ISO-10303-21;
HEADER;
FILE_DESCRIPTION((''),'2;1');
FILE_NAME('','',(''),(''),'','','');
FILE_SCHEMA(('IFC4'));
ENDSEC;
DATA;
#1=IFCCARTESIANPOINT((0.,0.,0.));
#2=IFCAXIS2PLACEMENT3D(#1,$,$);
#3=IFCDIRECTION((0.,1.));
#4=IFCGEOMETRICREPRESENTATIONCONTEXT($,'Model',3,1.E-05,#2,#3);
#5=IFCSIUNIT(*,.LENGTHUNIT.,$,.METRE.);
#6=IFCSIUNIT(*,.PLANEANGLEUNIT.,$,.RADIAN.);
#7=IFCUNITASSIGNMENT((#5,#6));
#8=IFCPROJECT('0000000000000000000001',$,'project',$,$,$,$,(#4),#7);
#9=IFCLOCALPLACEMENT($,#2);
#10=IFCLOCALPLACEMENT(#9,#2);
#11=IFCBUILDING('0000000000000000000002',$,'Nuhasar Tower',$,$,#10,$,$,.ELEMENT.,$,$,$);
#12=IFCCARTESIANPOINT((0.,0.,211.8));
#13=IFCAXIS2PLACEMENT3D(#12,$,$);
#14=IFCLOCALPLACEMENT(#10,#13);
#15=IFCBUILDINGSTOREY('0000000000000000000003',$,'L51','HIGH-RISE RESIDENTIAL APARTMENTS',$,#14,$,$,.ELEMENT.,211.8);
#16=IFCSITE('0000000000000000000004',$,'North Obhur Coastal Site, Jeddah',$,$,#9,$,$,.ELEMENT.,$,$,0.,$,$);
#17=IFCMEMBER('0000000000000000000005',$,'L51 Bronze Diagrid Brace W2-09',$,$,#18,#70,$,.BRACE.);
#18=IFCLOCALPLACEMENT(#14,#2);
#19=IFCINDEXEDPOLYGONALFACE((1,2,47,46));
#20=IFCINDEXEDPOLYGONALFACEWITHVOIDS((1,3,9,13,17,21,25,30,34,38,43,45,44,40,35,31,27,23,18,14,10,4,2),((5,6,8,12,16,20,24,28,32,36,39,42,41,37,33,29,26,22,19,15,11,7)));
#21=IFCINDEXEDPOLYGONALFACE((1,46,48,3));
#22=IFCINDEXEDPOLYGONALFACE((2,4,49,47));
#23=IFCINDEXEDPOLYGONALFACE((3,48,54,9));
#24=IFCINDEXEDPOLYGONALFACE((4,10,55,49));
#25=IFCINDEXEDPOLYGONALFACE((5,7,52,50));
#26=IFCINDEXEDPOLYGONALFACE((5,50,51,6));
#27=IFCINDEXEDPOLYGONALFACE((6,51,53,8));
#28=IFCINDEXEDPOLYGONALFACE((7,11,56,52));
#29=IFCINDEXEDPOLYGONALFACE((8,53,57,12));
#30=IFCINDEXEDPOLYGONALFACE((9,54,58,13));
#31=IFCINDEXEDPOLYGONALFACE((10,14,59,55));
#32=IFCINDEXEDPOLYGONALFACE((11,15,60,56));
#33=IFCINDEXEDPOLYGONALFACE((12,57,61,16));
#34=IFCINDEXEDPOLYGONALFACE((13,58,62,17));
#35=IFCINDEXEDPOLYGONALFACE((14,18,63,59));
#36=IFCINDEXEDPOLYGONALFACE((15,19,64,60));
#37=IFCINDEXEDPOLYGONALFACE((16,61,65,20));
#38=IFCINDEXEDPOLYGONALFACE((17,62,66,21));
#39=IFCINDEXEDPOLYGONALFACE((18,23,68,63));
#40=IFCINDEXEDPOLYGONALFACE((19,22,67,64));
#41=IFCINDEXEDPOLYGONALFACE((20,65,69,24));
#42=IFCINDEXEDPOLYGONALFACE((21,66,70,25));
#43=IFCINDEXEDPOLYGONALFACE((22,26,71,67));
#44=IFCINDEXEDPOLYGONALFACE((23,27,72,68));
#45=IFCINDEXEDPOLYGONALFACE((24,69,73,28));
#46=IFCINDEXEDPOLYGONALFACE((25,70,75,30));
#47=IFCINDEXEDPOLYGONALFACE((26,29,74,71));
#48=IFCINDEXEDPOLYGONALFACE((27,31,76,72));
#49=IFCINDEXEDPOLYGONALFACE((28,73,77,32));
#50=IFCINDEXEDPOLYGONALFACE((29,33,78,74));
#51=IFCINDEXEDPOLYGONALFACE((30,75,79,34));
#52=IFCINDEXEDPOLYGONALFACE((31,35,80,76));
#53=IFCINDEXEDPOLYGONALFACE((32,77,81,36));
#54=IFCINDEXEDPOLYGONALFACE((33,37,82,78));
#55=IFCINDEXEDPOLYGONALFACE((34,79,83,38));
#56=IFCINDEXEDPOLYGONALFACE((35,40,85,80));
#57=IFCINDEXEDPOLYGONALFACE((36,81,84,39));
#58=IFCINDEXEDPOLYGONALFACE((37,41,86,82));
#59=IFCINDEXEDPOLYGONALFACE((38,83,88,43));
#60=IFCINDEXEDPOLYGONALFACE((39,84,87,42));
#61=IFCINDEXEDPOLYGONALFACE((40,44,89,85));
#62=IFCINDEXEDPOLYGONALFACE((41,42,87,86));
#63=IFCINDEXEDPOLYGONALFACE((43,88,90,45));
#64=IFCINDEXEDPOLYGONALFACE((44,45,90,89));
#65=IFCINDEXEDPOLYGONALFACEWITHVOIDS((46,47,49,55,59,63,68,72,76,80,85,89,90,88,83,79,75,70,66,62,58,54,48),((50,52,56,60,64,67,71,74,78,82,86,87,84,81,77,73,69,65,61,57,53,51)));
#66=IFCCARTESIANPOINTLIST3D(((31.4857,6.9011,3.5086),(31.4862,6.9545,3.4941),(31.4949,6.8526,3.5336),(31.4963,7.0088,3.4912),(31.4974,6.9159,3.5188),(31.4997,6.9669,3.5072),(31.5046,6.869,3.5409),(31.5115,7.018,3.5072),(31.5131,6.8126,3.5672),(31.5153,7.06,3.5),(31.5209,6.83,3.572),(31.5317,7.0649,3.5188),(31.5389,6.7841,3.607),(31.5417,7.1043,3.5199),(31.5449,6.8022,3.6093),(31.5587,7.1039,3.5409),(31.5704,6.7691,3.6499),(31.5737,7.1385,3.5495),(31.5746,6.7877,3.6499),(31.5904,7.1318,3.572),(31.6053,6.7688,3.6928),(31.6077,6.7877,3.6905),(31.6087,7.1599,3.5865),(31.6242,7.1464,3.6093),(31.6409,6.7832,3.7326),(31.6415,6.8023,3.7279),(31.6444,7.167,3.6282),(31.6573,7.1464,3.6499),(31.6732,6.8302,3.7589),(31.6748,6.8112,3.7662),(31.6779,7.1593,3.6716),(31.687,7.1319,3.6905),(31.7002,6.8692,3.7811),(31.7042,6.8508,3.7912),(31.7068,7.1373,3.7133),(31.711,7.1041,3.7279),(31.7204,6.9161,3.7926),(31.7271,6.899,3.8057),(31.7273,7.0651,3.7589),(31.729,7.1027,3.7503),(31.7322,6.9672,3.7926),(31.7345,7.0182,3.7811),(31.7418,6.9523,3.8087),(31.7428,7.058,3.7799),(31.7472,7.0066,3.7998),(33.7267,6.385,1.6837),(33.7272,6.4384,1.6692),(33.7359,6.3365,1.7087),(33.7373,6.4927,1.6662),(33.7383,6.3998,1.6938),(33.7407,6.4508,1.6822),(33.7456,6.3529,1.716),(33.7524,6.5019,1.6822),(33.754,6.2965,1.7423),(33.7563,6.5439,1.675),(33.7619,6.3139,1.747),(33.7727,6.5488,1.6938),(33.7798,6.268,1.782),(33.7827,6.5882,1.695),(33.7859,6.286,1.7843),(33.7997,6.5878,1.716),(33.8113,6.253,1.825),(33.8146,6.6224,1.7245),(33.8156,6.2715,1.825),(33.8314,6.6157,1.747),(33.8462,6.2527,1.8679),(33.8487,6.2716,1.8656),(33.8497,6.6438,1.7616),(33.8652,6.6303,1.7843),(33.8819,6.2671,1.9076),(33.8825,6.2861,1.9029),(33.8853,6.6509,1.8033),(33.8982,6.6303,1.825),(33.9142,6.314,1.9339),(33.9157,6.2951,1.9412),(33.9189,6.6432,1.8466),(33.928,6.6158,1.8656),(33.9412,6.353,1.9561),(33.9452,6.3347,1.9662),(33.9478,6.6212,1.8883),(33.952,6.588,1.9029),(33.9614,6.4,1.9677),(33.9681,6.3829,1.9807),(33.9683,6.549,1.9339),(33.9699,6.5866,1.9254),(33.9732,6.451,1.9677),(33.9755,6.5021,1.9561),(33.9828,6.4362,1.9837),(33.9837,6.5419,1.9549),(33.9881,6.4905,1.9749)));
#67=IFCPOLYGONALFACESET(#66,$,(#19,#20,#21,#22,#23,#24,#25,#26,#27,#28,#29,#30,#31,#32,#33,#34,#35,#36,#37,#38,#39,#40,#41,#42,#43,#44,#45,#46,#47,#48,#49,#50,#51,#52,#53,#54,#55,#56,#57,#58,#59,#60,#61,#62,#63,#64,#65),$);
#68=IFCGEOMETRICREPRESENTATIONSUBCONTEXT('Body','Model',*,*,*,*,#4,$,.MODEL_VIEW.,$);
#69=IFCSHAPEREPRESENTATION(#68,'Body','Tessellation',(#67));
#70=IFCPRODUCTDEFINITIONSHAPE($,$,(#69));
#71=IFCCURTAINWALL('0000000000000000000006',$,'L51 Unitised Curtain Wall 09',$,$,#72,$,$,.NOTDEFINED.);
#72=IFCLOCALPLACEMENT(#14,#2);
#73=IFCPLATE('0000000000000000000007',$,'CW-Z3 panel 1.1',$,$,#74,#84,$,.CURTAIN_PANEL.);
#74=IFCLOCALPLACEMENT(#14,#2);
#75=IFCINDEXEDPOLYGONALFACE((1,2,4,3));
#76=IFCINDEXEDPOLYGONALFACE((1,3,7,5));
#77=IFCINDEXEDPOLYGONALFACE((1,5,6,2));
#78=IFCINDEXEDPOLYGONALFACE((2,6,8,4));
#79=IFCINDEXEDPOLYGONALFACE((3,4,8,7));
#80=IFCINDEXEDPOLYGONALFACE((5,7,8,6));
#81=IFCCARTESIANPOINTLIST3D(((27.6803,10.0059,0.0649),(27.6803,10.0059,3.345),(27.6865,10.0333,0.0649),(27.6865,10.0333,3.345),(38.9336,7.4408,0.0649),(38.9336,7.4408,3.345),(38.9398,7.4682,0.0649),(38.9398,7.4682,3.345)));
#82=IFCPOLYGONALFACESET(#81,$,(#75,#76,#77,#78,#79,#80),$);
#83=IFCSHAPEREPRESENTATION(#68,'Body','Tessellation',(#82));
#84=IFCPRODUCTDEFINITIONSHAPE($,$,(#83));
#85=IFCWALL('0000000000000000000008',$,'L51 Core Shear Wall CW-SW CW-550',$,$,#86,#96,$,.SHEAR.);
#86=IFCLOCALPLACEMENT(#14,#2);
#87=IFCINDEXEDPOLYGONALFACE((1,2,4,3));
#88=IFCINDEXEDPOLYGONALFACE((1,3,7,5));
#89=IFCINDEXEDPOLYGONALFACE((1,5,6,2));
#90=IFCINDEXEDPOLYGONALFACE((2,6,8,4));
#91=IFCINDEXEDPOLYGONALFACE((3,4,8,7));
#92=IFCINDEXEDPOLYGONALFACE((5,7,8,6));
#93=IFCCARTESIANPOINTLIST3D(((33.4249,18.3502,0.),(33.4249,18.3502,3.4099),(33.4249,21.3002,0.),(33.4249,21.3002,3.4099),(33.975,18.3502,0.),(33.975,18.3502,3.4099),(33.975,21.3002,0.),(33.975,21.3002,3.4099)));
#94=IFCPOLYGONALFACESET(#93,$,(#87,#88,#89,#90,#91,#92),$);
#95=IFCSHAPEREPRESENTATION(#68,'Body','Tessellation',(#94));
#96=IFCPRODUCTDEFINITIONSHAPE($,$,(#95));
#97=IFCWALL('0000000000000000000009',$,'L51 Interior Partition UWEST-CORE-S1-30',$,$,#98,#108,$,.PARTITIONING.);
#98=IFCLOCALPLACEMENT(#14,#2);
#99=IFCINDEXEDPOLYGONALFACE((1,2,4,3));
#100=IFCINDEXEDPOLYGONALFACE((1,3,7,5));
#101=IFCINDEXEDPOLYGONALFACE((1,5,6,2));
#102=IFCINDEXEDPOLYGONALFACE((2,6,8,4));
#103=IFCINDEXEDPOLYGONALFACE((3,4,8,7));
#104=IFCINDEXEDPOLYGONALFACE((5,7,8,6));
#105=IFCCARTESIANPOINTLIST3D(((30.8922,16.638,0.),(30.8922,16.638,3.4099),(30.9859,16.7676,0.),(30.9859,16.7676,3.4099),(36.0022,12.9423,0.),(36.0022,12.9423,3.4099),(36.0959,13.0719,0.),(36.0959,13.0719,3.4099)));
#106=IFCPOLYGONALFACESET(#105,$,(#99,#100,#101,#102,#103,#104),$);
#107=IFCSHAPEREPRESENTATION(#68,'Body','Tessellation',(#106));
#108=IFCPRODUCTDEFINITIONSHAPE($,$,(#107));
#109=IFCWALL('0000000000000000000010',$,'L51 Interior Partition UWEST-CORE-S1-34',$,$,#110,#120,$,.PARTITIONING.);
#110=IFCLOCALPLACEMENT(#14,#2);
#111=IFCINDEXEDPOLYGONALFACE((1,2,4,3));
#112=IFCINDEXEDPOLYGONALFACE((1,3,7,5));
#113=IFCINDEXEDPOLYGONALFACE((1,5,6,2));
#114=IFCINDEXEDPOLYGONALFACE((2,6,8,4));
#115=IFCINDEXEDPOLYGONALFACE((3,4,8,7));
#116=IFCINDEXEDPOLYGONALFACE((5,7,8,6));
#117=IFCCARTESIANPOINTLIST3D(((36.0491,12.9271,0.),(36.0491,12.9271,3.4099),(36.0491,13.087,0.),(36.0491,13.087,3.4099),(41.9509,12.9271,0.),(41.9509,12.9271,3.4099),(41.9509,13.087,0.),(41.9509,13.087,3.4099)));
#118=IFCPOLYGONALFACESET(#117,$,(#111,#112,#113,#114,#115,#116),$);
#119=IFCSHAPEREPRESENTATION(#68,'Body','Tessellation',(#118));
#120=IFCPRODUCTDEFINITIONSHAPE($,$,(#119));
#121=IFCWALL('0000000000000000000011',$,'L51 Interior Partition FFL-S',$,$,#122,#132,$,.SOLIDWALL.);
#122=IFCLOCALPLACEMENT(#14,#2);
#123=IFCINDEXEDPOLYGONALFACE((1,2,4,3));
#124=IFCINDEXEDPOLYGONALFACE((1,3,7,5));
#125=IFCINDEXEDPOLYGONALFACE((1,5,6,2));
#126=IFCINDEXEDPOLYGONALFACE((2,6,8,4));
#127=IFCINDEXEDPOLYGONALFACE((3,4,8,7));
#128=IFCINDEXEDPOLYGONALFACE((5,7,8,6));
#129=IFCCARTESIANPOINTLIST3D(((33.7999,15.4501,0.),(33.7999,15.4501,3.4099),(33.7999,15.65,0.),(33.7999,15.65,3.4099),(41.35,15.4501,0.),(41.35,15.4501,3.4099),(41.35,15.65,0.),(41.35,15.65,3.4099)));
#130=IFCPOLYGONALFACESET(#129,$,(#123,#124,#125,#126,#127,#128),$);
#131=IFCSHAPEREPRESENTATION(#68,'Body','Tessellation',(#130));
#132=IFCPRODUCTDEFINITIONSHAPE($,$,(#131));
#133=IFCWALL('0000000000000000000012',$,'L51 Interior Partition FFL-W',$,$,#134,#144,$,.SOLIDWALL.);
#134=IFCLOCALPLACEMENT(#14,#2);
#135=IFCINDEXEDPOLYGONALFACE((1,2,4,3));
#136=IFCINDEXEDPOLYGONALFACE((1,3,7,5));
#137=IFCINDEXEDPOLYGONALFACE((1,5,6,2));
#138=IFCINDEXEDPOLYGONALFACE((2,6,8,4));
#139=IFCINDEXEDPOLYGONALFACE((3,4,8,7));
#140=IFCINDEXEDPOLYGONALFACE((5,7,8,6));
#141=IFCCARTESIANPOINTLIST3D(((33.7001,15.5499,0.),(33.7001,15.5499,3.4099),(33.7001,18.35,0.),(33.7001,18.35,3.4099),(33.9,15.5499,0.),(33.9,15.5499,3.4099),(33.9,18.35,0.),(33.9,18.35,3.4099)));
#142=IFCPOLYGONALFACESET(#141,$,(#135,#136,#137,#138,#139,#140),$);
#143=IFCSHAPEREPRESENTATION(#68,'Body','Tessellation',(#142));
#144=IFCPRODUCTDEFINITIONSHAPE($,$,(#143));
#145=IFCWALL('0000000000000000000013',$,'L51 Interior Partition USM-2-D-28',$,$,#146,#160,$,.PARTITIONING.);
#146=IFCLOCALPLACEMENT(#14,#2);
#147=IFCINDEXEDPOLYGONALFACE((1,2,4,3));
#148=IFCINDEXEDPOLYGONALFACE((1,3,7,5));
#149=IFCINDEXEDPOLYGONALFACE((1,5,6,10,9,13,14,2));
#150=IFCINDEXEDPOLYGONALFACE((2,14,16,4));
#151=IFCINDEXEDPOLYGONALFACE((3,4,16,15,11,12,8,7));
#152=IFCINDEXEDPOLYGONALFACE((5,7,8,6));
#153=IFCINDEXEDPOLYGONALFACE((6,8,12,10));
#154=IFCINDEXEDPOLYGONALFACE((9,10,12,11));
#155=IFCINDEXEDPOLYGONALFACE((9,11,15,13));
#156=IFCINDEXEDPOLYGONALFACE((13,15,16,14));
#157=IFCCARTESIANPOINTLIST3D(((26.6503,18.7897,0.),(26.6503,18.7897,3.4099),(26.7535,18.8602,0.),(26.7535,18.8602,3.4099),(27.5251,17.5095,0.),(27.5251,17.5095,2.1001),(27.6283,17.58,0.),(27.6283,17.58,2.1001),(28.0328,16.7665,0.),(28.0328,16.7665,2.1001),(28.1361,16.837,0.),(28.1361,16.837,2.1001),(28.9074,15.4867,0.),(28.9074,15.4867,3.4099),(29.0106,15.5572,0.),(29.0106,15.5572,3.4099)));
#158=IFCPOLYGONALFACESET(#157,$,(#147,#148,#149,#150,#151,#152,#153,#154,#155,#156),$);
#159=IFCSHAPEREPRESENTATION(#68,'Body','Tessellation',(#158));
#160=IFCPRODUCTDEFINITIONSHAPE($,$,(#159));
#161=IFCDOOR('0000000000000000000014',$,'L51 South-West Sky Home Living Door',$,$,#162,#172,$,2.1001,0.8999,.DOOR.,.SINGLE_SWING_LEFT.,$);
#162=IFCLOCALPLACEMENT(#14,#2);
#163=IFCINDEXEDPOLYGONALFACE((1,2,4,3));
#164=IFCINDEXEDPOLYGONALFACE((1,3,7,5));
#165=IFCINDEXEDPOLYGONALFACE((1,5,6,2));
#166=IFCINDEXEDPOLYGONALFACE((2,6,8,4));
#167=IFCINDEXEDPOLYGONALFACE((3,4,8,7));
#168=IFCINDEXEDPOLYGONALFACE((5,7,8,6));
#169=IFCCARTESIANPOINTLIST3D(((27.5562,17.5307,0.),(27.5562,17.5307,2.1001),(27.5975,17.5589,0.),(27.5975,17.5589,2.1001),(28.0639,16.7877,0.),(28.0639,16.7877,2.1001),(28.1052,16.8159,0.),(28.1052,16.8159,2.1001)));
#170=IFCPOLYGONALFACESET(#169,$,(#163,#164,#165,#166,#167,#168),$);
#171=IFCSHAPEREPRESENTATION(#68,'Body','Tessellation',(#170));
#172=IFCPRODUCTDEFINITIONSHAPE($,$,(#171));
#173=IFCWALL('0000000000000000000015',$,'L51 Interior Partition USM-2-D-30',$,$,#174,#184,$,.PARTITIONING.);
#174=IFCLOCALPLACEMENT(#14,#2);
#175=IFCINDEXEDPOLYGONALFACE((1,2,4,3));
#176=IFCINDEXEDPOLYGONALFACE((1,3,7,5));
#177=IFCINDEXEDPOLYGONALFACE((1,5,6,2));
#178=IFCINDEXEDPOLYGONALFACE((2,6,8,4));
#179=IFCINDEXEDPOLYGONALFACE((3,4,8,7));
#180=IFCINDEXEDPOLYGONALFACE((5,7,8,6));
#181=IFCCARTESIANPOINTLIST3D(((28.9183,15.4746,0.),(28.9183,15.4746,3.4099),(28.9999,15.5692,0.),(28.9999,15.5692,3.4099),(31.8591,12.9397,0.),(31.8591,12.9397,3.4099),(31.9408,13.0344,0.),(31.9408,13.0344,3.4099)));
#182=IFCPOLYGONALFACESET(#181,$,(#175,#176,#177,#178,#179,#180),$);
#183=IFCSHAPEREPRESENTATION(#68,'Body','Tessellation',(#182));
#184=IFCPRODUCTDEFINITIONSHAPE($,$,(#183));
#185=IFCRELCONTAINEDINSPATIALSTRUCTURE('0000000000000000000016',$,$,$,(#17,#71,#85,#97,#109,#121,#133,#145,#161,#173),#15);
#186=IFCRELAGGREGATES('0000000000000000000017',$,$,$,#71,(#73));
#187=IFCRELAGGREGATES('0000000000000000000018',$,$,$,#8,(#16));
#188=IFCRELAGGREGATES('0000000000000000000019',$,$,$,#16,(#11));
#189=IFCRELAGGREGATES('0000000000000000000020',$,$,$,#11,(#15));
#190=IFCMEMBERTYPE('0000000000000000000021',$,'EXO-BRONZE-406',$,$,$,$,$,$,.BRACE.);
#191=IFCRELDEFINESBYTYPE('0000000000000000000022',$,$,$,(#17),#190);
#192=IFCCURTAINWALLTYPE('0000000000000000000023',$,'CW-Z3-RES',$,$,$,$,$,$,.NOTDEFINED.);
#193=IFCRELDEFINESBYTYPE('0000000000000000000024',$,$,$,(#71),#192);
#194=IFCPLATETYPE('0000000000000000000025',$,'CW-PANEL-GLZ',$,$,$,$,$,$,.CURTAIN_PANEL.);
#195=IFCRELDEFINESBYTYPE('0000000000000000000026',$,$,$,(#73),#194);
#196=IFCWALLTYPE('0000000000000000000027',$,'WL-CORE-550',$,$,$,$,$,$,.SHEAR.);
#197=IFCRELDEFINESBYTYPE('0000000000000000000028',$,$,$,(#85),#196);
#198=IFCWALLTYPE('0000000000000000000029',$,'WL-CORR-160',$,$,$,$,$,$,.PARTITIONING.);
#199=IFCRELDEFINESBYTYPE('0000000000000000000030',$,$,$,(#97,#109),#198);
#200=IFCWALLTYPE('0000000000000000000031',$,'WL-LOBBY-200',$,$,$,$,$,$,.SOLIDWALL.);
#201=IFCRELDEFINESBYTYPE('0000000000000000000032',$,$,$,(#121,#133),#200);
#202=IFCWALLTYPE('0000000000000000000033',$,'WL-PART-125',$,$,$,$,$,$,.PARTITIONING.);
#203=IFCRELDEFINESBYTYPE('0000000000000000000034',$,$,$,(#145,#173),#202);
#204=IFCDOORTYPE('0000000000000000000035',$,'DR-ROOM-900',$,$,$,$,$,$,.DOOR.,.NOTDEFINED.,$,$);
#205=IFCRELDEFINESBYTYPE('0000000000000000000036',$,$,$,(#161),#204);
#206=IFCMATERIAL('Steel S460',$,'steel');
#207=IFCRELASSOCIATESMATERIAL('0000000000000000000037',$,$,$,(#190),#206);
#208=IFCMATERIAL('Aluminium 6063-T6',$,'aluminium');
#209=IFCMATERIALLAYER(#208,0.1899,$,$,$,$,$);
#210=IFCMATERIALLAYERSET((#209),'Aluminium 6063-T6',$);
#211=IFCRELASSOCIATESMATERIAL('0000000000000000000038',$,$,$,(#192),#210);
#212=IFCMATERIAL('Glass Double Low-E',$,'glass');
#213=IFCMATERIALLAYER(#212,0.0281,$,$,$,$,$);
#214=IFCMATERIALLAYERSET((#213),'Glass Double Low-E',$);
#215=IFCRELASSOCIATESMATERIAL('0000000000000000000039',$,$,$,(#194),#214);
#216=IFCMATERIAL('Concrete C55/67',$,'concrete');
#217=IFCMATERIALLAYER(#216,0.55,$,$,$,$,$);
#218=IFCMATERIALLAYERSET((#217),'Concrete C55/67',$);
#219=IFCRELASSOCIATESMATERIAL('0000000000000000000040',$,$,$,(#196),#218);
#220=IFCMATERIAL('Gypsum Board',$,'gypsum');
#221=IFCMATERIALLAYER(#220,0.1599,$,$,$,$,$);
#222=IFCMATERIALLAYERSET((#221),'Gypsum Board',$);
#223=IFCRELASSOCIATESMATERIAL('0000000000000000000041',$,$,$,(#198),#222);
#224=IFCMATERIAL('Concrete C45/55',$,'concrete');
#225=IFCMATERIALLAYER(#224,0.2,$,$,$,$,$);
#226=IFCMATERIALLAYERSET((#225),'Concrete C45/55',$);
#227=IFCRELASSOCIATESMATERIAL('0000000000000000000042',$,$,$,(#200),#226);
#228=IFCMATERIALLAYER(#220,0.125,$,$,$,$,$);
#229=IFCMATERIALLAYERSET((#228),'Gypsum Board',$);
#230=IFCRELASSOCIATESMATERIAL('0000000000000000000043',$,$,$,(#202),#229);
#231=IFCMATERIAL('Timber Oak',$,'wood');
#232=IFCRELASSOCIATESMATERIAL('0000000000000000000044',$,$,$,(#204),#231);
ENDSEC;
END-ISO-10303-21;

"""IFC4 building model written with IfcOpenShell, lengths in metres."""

from ifc_helpers import new_model, si_unit, direction, frame, frame_2d, origin, origin_2d, place, context, subcontext, project, spatial, rectangle, hollow_circle, extrude, material, layer, layer_set, material_profile, profile_set, type_object, element, fill, aggregate, save


model = new_model("IFC4")

# Units and contexts
model_context = context("Model", 3, precision=1e-05, world=origin(), true_north=direction((0.0, 1.0)))
body_context = subcontext(model_context, "Body", "Model", "MODEL_VIEW")
ifc_project = project(units=[si_unit("LENGTHUNIT", "METRE"), si_unit("PLANEANGLEUNIT", "RADIAN")], contexts=[model_context])

# Site, building, storey
site_placement = place(None, origin())
site = spatial("IfcSite", under=ifc_project, at=site_placement, Name="North Obhur Coastal Site, Jeddah", CompositionType="ELEMENT", RefElevation=0.0)
building_placement = place(site_placement, origin())
building = spatial("IfcBuilding", under=site, at=building_placement, Name="Nuhasar Tower", CompositionType="ELEMENT")
storey_placement = place(building_placement, frame((0.0, 0.0, 211.8)))
storey = spatial("IfcBuildingStorey", under=building, at=storey_placement, Name="L51", Description="HIGH-RISE RESIDENTIAL APARTMENTS", CompositionType="ELEMENT", Elevation=211.8)

# Shared definitions
ifc_material_1 = material(Name="Concrete C55/67", Category="concrete")

# Member
ifc_material_2 = material(Name="Steel S460", Category="steel")
ifc_material_profile_1 = material_profile(ifc_material_2, hollow_circle(Radius=0.2031, WallThickness=0.019, at=origin_2d()), Name="HSS406.4X19.1")
ifc_profile_set_1 = profile_set([ifc_material_profile_1], Name="Steel S460")
member_type = type_object("IfcMemberType", Name="EXO-BRONZE-406", PredefinedType="BRACE", material=ifc_profile_set_1)
for number, where, z_axis, x_axis, name in (
    (1, (33.8569, 6.4509, 1.825), (-0.763332, 0.175802, 0.621626), (-0.224433, -0.97449, 0.0), "L51 Bronze Diagrid Brace W2-09"),
):
    element("IfcMember", number, at=place(storey_placement, frame(where, z_axis=z_axis, x_axis=x_axis)), inside=storey, type_object=member_type, Name=name, PredefinedType="BRACE", context=body_context, shape_type="SweptSolid", body=[
        extrude(hollow_circle(Radius=0.2031, WallThickness=0.019, at=origin_2d()), origin(), (0.0, 0.0, 1.0), 2.9358),
    ])

# Curtain wall, plate
ifc_material_3 = material(Name="Aluminium 6063-T6", Category="aluminium")
ifc_layer_1 = layer(ifc_material_3, 0.1899)
ifc_layer_set_1 = layer_set([ifc_layer_1], Name="Aluminium 6063-T6")
curtain_wall_type = type_object("IfcCurtainWallType", Name="CW-Z3-RES", PredefinedType="NOTDEFINED", material=ifc_layer_set_1)
curtain_wall_placement = place(storey_placement, origin())
curtain_wall = element("IfcCurtainWall", 2, at=curtain_wall_placement, inside=storey, type_object=curtain_wall_type, Name="L51 Unitised Curtain Wall 09", PredefinedType="NOTDEFINED")
ifc_material_4 = material(Name="Glass Double Low-E", Category="glass")
ifc_layer_2 = layer(ifc_material_4, 0.0281)
ifc_layer_set_2 = layer_set([ifc_layer_2], Name="Glass Double Low-E")
plate_type = type_object("IfcPlateType", Name="CW-PANEL-GLZ", PredefinedType="CURTAIN_PANEL", material=ifc_layer_set_2)
plate_placement = place(storey_placement, frame((33.3101, 8.7371, 0.0649), z_axis=(0.0, 0.0, 1.0), x_axis=(0.974991, -0.222243, 0.0)))
plate = element("IfcPlate", 3, at=plate_placement, type_object=plate_type, Name="CW-Z3 panel 1.1", PredefinedType="CURTAIN_PANEL", context=body_context, shape_type="SweptSolid", body=[
    extrude(rectangle(XDim=11.542, YDim=0.0281, at=origin_2d()), origin(), (0.0, 0.0, 1.0), 3.28),
])
aggregate(curtain_wall, [plate])

# Walls
ifc_layer_3 = layer(ifc_material_1, 0.55)
ifc_layer_set_3 = layer_set([ifc_layer_3], Name="Concrete C55/67")
wall_type_1 = type_object("IfcWallType", Name="WL-CORE-550", PredefinedType="SHEAR", material=ifc_layer_set_3)
wall_1_placement = place(storey_placement, frame((33.7, 18.3501, 0.0), z_axis=(0.0, 0.0, 1.0), x_axis=(0.0, 1.0, 0.0)))
element("IfcWall", 4, at=wall_1_placement, inside=storey, type_object=wall_type_1, Name="L51 Core Shear Wall CW-SW CW-550", PredefinedType="SHEAR", context=body_context, shape_type="SweptSolid", body=[
    extrude(rectangle(XDim=2.95, YDim=0.55, at=frame_2d((1.4751, 0.0))), origin(), (0.0, 0.0, 1.0), 3.4099),
])
ifc_material_5 = material(Name="Gypsum Board", Category="gypsum")
ifc_layer_4 = layer(ifc_material_5, 0.1599)
ifc_layer_set_4 = layer_set([ifc_layer_4], Name="Gypsum Board")
wall_type_2 = type_object("IfcWallType", Name="WL-CORR-160", PredefinedType="PARTITIONING", material=ifc_layer_set_4)
wall_2_placement = place(storey_placement, frame((30.939, 16.7029, 0.0), z_axis=(0.0, 0.0, 1.0), x_axis=(0.81029, -0.586029, 0.0)))
element("IfcWall", 5, at=wall_2_placement, inside=storey, type_object=wall_type_2, Name="L51 Interior Partition UWEST-CORE-S1-30", PredefinedType="PARTITIONING", context=body_context, shape_type="SweptSolid", body=[
    extrude(rectangle(XDim=6.3064, YDim=0.1599, at=frame_2d((3.1533, 0.0))), origin(), (0.0, 0.0, 1.0), 3.4099),
])
wall_3_placement = place(storey_placement, frame((36.0491, 13.0071, 0.0), z_axis=(0.0, 0.0, 1.0), x_axis=(1.0, 0.0, 0.0)))
element("IfcWall", 6, at=wall_3_placement, inside=storey, type_object=wall_type_2, Name="L51 Interior Partition UWEST-CORE-S1-34", PredefinedType="PARTITIONING", context=body_context, shape_type="SweptSolid", body=[
    extrude(rectangle(XDim=5.9019, YDim=0.1599, at=frame_2d((2.9509, 0.0))), origin(), (0.0, 0.0, 1.0), 3.4099),
])
ifc_material_6 = material(Name="Concrete C45/55", Category="concrete")
ifc_layer_5 = layer(ifc_material_6, 0.2)
ifc_layer_set_5 = layer_set([ifc_layer_5], Name="Concrete C45/55")
wall_type_3 = type_object("IfcWallType", Name="WL-LOBBY-200", PredefinedType="SOLIDWALL", material=ifc_layer_set_5)
wall_4_placement = place(storey_placement, frame((33.8, 15.55, 0.0), z_axis=(0.0, 0.0, 1.0), x_axis=(1.0, 0.0, 0.0)))
element("IfcWall", 7, at=wall_4_placement, inside=storey, type_object=wall_type_3, Name="L51 Interior Partition FFL-S", PredefinedType="SOLIDWALL", context=body_context, shape_type="SweptSolid", body=[
    extrude(rectangle(XDim=7.55, YDim=0.2, at=frame_2d((3.7749, 0.0))), origin(), (0.0, 0.0, 1.0), 3.4099),
])
wall_5_placement = place(storey_placement, frame((33.8, 15.55, 0.0), z_axis=(0.0, 0.0, 1.0), x_axis=(0.0, 1.0, 0.0)))
element("IfcWall", 8, at=wall_5_placement, inside=storey, type_object=wall_type_3, Name="L51 Interior Partition FFL-W", PredefinedType="SOLIDWALL", context=body_context, shape_type="SweptSolid", body=[
    extrude(rectangle(XDim=2.8, YDim=0.2, at=frame_2d((1.3999, 0.0))), origin(), (0.0, 0.0, 1.0), 3.4099),
])

# Wall, opening, door
ifc_layer_6 = layer(ifc_material_5, 0.125)
ifc_layer_set_6 = layer_set([ifc_layer_6], Name="Gypsum Board")
wall_type_4 = type_object("IfcWallType", Name="WL-PART-125", PredefinedType="PARTITIONING", material=ifc_layer_set_6)
wall_6_placement = place(storey_placement, frame((28.959, 15.522, 0.0), z_axis=(0.0, 0.0, 1.0), x_axis=(-0.564198, 0.825639, 0.0)))
wall_6 = element("IfcWall", 9, at=wall_6_placement, inside=storey, type_object=wall_type_4, Name="L51 Interior Partition USM-2-D-28", PredefinedType="PARTITIONING", context=body_context, shape_type="SweptSolid", body=[
    extrude(rectangle(XDim=4.0005, YDim=0.125, at=frame_2d((2.0002, 0.0))), origin(), (0.0, 0.0, 1.0), 3.4099),
])
opening_1_placement = place(wall_6_placement, frame((1.55, 0.0, 0.0)))
opening_1 = element("IfcOpeningElement", 10, at=opening_1_placement, cuts=wall_6, PredefinedType="OPENING", context=body_context, shape_type="SweptSolid", body=[
    extrude(rectangle(XDim=0.8999, YDim=2.1001, at=frame_2d((0.45, 1.05))), frame((0.0, 0.0725, 0.0), z_axis=(0.0, -1.0, 0.0), x_axis=(1.0, 0.0, 0.0)), (0.0, 0.0, 1.0), 0.145),
])
ifc_material_7 = material(Name="Timber Oak", Category="wood")
door_type_1 = type_object("IfcDoorType", Name="DR-ROOM-900", OperationType="NOTDEFINED", PredefinedType="DOOR", material=ifc_material_7)
door_1_placement = place(opening_1_placement, origin())
door_1 = element("IfcDoor", 11, at=door_1_placement, inside=storey, type_object=door_type_1, Name="L51 South-West Sky Home Living Door", OperationType="SINGLE_SWING_LEFT", OverallHeight=2.1001, OverallWidth=0.8999, PredefinedType="DOOR", context=body_context, shape_type="SweptSolid", body=[
    extrude(rectangle(XDim=0.8999, YDim=2.1001, at=frame_2d((0.45, 1.05))), frame((0.0, 0.0249, 0.0), z_axis=(0.0, -1.0, 0.0), x_axis=(1.0, 0.0, 0.0)), (0.0, 0.0, 1.0), 0.05),
])
fill(opening_1, door_1)

# Wall
wall_7_placement = place(storey_placement, frame((28.959, 15.522, 0.0), z_axis=(0.0, 0.0, 1.0), x_axis=(0.757456, -0.652886, 0.0)))
element("IfcWall", 12, at=wall_7_placement, inside=storey, type_object=wall_type_4, Name="L51 Interior Partition USM-2-D-30", PredefinedType="PARTITIONING", context=body_context, shape_type="SweptSolid", body=[
    extrude(rectangle(XDim=3.8826, YDim=0.125, at=frame_2d((1.9414, 0.0))), origin(), (0.0, 0.0, 1.0), 3.4099),
])

save(model, "model.ifc")
